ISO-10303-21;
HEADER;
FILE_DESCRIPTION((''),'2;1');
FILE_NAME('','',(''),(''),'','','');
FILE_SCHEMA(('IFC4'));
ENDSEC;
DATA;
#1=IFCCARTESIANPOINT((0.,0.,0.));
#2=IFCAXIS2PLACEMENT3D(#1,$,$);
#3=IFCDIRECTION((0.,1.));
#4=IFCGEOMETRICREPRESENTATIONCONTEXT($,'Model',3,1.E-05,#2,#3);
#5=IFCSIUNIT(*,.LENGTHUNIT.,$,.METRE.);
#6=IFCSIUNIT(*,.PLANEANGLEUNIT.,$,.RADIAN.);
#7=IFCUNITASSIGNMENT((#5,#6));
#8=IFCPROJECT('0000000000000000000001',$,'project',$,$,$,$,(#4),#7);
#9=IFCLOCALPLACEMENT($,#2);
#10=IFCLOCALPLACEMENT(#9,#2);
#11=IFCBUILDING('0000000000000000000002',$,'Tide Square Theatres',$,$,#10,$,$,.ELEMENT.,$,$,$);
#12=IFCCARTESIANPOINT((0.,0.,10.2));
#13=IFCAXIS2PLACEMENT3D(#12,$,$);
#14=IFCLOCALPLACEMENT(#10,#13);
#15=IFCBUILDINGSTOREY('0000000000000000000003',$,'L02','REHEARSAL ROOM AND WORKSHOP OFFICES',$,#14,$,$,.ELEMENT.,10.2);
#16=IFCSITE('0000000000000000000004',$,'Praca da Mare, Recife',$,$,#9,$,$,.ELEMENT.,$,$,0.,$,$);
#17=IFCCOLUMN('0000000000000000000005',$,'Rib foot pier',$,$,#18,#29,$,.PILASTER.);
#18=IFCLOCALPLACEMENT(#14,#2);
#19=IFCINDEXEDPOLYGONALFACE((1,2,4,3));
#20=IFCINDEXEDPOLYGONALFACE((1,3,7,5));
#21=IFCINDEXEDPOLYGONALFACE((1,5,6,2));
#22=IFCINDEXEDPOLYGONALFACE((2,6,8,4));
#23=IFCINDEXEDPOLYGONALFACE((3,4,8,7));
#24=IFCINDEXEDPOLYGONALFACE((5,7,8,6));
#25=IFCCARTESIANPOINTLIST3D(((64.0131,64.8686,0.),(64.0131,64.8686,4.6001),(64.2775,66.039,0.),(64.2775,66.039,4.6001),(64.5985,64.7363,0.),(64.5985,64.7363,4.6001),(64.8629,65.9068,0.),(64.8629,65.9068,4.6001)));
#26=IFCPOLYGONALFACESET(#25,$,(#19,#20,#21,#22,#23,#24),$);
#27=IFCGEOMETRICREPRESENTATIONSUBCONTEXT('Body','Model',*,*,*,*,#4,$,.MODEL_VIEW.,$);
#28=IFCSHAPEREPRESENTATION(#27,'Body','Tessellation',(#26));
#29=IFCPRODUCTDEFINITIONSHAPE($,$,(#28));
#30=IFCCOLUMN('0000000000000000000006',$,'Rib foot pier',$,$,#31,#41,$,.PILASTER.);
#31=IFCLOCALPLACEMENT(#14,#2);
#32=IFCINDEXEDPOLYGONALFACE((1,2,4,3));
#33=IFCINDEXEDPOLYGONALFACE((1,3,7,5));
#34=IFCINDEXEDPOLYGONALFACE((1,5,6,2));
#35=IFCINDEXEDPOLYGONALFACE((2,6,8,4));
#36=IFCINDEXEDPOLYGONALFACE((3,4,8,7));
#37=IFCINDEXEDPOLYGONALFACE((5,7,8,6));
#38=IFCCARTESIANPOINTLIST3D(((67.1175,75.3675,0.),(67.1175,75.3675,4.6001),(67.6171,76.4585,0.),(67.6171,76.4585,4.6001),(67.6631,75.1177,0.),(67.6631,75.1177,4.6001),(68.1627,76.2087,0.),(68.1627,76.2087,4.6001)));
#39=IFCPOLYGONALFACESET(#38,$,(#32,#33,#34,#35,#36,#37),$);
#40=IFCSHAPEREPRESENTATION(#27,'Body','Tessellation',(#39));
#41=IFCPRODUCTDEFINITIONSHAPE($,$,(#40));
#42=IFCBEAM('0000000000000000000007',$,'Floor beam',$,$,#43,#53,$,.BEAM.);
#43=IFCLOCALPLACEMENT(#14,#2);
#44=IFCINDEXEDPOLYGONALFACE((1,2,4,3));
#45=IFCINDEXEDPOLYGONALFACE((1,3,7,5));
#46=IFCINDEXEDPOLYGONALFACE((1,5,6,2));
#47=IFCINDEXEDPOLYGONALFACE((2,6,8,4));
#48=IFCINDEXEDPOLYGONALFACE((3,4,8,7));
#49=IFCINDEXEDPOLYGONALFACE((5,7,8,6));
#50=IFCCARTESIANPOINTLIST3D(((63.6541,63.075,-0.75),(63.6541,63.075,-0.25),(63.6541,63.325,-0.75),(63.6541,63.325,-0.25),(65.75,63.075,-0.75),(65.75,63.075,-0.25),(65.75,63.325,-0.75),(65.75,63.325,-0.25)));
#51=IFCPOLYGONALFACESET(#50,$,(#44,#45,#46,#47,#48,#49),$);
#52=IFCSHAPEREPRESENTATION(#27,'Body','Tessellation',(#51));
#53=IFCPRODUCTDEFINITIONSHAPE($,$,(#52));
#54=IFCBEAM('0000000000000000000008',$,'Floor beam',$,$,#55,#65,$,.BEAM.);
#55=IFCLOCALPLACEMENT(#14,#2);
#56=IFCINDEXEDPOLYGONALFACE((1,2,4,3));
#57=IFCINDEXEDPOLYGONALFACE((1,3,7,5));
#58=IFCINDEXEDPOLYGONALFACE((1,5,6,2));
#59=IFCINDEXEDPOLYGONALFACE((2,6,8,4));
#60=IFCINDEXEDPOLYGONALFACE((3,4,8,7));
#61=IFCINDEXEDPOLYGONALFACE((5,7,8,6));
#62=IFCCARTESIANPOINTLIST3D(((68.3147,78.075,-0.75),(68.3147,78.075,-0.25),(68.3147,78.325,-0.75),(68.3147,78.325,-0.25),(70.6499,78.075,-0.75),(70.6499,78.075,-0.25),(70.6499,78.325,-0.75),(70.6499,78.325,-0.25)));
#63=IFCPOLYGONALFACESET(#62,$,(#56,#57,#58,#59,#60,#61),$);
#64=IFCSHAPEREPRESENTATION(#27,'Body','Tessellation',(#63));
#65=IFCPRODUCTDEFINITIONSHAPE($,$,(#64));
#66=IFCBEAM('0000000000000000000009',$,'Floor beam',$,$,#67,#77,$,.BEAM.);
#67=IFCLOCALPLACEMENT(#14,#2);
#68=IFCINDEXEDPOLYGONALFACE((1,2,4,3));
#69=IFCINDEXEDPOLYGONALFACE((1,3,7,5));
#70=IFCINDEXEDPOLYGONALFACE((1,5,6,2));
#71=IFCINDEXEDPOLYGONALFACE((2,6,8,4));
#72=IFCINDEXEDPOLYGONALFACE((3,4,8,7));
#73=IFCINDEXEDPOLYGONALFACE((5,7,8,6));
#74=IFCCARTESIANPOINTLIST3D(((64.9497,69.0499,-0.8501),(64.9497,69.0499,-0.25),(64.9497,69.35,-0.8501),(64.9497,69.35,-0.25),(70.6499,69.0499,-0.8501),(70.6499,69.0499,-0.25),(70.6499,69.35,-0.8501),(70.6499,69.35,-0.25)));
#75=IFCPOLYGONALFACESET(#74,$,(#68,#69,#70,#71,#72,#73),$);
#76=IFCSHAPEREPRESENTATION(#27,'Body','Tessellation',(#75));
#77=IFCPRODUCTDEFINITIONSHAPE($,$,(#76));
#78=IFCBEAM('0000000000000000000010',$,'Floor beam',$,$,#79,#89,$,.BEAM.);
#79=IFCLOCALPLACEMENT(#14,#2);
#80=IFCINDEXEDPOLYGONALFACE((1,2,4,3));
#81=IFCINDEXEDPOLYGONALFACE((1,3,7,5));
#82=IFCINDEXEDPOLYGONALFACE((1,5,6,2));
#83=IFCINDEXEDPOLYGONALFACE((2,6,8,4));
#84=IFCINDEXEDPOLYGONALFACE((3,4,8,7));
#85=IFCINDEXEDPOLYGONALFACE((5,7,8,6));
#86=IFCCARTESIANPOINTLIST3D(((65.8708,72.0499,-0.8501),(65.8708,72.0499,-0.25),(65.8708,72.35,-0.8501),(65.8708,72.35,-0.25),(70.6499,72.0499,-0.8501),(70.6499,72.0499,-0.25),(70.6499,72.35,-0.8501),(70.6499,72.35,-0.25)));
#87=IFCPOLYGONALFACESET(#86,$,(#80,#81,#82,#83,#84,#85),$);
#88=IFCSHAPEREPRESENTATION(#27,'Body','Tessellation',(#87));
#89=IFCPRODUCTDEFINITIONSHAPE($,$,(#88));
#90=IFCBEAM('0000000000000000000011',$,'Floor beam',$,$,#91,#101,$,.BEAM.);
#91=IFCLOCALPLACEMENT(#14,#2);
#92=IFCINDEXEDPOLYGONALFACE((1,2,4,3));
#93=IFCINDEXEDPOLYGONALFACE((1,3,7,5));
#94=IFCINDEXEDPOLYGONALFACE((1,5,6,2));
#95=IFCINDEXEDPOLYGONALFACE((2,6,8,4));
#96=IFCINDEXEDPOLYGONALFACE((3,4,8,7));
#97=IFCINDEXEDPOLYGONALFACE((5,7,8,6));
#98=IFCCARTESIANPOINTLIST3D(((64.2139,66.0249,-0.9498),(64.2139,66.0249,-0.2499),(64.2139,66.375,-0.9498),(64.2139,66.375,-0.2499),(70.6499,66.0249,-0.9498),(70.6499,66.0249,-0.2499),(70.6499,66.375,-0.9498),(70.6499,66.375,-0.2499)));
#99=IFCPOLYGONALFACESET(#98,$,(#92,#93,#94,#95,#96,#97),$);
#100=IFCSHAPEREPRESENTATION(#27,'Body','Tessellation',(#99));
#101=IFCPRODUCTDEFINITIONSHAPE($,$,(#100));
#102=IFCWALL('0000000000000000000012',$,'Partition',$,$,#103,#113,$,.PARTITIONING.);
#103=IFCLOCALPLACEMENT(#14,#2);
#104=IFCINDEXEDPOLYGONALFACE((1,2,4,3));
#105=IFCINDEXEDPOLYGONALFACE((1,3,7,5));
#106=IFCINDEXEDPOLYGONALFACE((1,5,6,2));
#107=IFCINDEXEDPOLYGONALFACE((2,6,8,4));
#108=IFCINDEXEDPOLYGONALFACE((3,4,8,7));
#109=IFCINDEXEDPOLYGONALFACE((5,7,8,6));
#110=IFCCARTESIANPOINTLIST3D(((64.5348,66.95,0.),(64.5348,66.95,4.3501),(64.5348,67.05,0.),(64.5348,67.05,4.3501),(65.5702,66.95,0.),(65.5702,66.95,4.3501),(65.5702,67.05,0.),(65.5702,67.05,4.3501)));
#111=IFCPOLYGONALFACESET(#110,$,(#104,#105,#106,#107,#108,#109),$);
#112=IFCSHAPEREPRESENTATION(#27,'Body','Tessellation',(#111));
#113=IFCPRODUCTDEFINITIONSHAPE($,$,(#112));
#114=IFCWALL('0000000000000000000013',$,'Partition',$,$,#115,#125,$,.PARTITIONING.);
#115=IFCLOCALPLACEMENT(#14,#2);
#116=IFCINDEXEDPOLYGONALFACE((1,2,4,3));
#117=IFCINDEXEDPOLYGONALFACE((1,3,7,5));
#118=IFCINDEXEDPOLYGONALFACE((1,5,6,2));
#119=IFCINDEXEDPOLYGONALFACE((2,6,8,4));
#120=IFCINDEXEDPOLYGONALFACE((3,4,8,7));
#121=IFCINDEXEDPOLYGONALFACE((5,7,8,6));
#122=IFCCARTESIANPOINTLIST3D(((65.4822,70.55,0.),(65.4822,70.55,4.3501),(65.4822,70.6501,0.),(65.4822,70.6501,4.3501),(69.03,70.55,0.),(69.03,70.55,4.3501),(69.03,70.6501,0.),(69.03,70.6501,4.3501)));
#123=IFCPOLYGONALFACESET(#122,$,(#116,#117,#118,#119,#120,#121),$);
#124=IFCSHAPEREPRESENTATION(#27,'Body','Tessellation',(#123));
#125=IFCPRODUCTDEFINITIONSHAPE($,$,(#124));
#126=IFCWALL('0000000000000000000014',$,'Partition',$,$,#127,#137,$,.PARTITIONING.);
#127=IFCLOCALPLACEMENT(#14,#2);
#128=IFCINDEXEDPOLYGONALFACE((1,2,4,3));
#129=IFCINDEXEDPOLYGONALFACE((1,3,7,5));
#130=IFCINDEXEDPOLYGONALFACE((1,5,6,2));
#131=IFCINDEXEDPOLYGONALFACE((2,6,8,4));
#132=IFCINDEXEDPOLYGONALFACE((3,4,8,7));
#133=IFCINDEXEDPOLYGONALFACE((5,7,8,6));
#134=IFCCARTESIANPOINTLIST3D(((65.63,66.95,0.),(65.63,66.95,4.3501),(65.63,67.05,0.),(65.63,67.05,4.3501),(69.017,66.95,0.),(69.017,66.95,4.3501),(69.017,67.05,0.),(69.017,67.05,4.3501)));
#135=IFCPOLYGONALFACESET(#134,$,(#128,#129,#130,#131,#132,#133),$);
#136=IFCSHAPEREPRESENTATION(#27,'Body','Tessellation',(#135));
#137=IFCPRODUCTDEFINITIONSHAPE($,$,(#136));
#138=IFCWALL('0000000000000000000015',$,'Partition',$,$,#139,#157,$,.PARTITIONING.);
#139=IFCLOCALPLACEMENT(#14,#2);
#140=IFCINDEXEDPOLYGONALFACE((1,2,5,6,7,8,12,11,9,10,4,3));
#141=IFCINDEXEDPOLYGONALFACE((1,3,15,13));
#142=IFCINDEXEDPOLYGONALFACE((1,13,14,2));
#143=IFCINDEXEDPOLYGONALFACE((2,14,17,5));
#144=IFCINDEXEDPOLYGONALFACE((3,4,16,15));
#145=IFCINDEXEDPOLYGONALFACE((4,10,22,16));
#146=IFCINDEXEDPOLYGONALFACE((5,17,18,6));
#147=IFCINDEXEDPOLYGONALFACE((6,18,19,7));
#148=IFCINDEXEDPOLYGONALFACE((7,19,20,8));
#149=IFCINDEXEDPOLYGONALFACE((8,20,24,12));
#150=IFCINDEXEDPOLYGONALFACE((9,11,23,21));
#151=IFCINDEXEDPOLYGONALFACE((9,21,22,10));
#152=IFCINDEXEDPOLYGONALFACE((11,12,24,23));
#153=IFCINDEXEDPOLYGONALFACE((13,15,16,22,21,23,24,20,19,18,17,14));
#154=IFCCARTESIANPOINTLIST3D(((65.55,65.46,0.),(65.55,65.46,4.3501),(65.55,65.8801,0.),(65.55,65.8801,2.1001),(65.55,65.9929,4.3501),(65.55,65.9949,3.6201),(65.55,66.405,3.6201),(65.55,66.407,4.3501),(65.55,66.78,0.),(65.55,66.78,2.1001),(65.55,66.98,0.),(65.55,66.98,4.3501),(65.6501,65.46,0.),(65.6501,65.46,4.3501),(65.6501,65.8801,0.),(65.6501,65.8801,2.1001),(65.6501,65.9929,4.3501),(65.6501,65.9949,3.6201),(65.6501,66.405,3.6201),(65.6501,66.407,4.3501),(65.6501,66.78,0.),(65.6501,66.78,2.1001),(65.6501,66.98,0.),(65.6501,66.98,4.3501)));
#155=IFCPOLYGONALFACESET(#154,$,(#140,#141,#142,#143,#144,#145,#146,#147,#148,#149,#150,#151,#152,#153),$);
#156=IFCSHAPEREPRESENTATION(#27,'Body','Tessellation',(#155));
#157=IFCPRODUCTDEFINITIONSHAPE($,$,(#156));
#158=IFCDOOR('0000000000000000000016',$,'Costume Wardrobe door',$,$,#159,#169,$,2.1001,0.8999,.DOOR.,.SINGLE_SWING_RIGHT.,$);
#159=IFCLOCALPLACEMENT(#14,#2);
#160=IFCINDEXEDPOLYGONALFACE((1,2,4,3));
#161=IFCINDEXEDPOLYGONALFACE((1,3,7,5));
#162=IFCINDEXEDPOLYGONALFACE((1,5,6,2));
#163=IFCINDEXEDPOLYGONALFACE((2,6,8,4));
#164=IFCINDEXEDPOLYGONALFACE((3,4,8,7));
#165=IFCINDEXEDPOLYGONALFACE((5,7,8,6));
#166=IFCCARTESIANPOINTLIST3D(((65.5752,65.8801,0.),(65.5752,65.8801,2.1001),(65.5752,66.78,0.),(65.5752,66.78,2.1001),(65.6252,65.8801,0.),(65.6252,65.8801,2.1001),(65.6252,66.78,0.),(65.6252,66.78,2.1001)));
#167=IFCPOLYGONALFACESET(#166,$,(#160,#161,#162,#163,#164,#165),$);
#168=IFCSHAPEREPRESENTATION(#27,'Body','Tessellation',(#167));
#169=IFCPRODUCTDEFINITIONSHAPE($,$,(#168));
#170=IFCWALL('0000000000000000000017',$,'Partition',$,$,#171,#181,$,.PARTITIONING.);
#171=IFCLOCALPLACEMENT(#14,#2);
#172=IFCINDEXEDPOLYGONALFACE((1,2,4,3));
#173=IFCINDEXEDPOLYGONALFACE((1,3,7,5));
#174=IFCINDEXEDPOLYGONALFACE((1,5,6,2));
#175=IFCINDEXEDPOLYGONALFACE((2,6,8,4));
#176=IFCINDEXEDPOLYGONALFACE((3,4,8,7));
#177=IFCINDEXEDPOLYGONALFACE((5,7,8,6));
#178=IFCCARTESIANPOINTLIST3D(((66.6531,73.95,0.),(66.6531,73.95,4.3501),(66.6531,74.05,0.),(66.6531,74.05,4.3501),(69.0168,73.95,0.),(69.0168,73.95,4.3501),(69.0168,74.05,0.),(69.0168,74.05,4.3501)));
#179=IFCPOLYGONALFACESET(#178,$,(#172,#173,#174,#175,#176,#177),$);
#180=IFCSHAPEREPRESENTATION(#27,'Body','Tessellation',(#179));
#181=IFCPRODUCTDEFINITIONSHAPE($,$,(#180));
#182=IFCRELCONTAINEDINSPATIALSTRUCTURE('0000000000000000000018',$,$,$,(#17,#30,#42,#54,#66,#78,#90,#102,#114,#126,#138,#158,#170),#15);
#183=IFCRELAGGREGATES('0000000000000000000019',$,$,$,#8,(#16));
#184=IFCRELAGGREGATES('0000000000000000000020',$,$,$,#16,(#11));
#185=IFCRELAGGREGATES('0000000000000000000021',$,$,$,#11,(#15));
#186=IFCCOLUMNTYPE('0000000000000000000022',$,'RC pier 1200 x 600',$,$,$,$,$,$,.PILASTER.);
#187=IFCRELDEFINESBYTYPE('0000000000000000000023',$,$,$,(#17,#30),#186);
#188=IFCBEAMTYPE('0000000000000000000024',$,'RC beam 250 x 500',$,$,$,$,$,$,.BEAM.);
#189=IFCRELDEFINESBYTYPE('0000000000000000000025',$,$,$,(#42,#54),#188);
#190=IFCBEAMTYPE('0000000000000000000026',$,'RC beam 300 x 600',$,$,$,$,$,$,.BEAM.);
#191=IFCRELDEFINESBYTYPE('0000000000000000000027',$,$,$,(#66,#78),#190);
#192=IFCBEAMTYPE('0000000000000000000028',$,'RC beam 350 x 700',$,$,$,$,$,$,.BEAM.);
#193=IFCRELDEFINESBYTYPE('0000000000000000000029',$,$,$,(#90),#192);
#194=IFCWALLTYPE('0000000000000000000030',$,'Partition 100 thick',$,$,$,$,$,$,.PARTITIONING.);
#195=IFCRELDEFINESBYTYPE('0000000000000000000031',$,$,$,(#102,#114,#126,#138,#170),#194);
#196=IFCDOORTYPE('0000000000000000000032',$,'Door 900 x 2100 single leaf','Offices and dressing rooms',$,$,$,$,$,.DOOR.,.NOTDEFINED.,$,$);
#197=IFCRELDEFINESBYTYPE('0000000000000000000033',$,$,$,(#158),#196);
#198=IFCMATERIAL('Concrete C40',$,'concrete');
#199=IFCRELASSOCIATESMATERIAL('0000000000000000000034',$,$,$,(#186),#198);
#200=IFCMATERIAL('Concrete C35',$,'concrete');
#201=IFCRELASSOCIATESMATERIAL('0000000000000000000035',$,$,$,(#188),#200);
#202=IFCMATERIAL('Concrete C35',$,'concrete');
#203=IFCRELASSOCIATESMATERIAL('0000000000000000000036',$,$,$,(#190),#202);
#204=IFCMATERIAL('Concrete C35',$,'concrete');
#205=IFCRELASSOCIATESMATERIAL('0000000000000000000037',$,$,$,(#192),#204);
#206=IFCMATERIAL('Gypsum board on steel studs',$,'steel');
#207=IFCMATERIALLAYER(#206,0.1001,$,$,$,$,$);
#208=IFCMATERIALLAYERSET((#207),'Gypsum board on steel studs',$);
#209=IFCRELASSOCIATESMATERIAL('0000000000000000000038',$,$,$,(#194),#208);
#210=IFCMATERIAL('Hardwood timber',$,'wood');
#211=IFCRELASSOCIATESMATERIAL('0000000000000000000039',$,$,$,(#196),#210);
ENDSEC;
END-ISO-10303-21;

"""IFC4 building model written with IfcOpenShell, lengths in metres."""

from ifc_helpers import new_model, si_unit, direction, frame, frame_2d, origin, origin_2d, place, context, subcontext, project, spatial, polyline, rectangle, outline, extrude, material, layer, layer_set, material_profile, profile_set, type_object, element, fill, save


model = new_model("IFC4")

# Units and contexts
model_context = context("Model", 3, precision=1e-05, world=origin(), true_north=direction((0.0, 1.0)))
body_context = subcontext(model_context, "Body", "Model", "MODEL_VIEW")
ifc_project = project(units=[si_unit("LENGTHUNIT", "METRE"), si_unit("PLANEANGLEUNIT", "RADIAN")], contexts=[model_context])

# Site, building, storey
site_placement = place(None, origin())
site = spatial("IfcSite", under=ifc_project, at=site_placement, Name="Praca da Mare, Recife", CompositionType="ELEMENT", RefElevation=0.0)
building_placement = place(site_placement, origin())
building = spatial("IfcBuilding", under=site, at=building_placement, Name="Tide Square Theatres", CompositionType="ELEMENT")
storey_placement = place(building_placement, frame((0.0, 0.0, 10.2)))
storey = spatial("IfcBuildingStorey", under=building, at=storey_placement, Name="L02", Description="REHEARSAL ROOM AND WORKSHOP OFFICES", CompositionType="ELEMENT", Elevation=10.2)

# Columns
ifc_material_1 = material(Name="Concrete C40", Category="concrete")
ifc_material_profile_1 = material_profile(ifc_material_1, rectangle(XDim=1.2, YDim=0.6001, at=origin_2d()))
ifc_profile_set_1 = profile_set([ifc_material_profile_1], Name="Concrete C40")
column_type = type_object("IfcColumnType", Name="RC pier 1200 x 600", PredefinedType="PILASTER", material=ifc_profile_set_1)
for number, where, z_axis, x_axis, name in (
    (1, (64.438, 65.3877, 0.0), (0.0, 0.0, 1.0), (-0.220357, -0.975419, 0.0), "Rib foot pier"),
    (2, (67.6401, 75.7881, 0.0), (0.0, 0.0, 1.0), (-0.416344, -0.909207, 0.0), "Rib foot pier"),
):
    element("IfcColumn", number, at=place(storey_placement, frame(where, z_axis=z_axis, x_axis=x_axis)), inside=storey, type_object=column_type, Name=name, PredefinedType="PILASTER", context=body_context, shape_type="SweptSolid", body=[
        extrude(rectangle(XDim=1.2, YDim=0.6001, at=origin_2d()), origin(), (0.0, 0.0, 1.0), 4.6001),
    ])

# Beams
ifc_material_2 = material(Name="Concrete C35", Category="concrete")
ifc_material_profile_2 = material_profile(ifc_material_2, rectangle(XDim=0.25, YDim=0.5, at=origin_2d()))
ifc_profile_set_2 = profile_set([ifc_material_profile_2], Name="Concrete C35")
beam_type_1 = type_object("IfcBeamType", Name="RC beam 250 x 500", PredefinedType="BEAM", material=ifc_profile_set_2)
beam_1_placement = place(storey_placement, frame((63.6541, 63.2, -0.5), z_axis=(1.0, 0.0, 0.0), x_axis=(0.0, 1.0, 0.0)))
element("IfcBeam", 3, at=beam_1_placement, inside=storey, type_object=beam_type_1, Name="Floor beam", PredefinedType="BEAM", context=body_context, shape_type="SweptSolid", body=[
    extrude(rectangle(XDim=0.25, YDim=0.5, at=origin_2d()), origin(), (0.0, 0.0, 1.0), 2.0959),
])
beam_2_placement = place(storey_placement, frame((68.3147, 78.2, -0.5), z_axis=(1.0, 0.0, 0.0), x_axis=(0.0, 1.0, 0.0)))
element("IfcBeam", 4, at=beam_2_placement, inside=storey, type_object=beam_type_1, Name="Floor beam", PredefinedType="BEAM", context=body_context, shape_type="SweptSolid", body=[
    extrude(rectangle(XDim=0.25, YDim=0.5, at=origin_2d()), origin(), (0.0, 0.0, 1.0), 2.3352),
])
ifc_material_3 = material(Name="Concrete C35", Category="concrete")
ifc_material_profile_3 = material_profile(ifc_material_3, rectangle(XDim=0.3, YDim=0.6001, at=origin_2d()))
ifc_profile_set_3 = profile_set([ifc_material_profile_3], Name="Concrete C35")
beam_type_2 = type_object("IfcBeamType", Name="RC beam 300 x 600", PredefinedType="BEAM", material=ifc_profile_set_3)
beam_3_placement = place(storey_placement, frame((64.9497, 69.2, -0.55), z_axis=(1.0, 0.0, 0.0), x_axis=(0.0, 1.0, 0.0)))
element("IfcBeam", 5, at=beam_3_placement, inside=storey, type_object=beam_type_2, Name="Floor beam", PredefinedType="BEAM", context=body_context, shape_type="SweptSolid", body=[
    extrude(rectangle(XDim=0.3, YDim=0.6001, at=origin_2d()), origin(), (0.0, 0.0, 1.0), 5.7002),
])
beam_4_placement = place(storey_placement, frame((65.8708, 72.2, -0.55), z_axis=(1.0, 0.0, 0.0), x_axis=(0.0, 1.0, 0.0)))
element("IfcBeam", 6, at=beam_4_placement, inside=storey, type_object=beam_type_2, Name="Floor beam", PredefinedType="BEAM", context=body_context, shape_type="SweptSolid", body=[
    extrude(rectangle(XDim=0.3, YDim=0.6001, at=origin_2d()), origin(), (0.0, 0.0, 1.0), 4.7791),
])
ifc_material_4 = material(Name="Concrete C35", Category="concrete")
ifc_material_profile_4 = material_profile(ifc_material_4, rectangle(XDim=0.3501, YDim=0.7, at=origin_2d()))
ifc_profile_set_4 = profile_set([ifc_material_profile_4], Name="Concrete C35")
beam_type_3 = type_object("IfcBeamType", Name="RC beam 350 x 700", PredefinedType="BEAM", material=ifc_profile_set_4)
beam_5_placement = place(storey_placement, frame((64.2139, 66.2, -0.5999), z_axis=(1.0, 0.0, 0.0), x_axis=(0.0, 1.0, 0.0)))
element("IfcBeam", 7, at=beam_5_placement, inside=storey, type_object=beam_type_3, Name="Floor beam", PredefinedType="BEAM", context=body_context, shape_type="SweptSolid", body=[
    extrude(rectangle(XDim=0.3501, YDim=0.7, at=origin_2d()), origin(), (0.0, 0.0, 1.0), 6.436),
])

# Walls
ifc_material_5 = material(Name="Gypsum board on steel studs", Category="steel")
ifc_layer_1 = layer(ifc_material_5, 0.1001)
ifc_layer_set_1 = layer_set([ifc_layer_1], Name="Gypsum board on steel studs")
wall_type_1 = type_object("IfcWallType", Name="Partition 100 thick", PredefinedType="PARTITIONING", material=ifc_layer_set_1)
wall_1_placement = place(storey_placement, frame((65.5701, 67.0, 0.0), z_axis=(0.0, 0.0, 1.0), x_axis=(-1.0, 0.0, 0.0)))
element("IfcWall", 8, at=wall_1_placement, inside=storey, type_object=wall_type_1, Name="Partition", PredefinedType="PARTITIONING", context=body_context, shape_type="SweptSolid", body=[
    extrude(rectangle(XDim=1.0354, YDim=0.1001, at=frame_2d((0.5176, 0.0))), origin(), (0.0, 0.0, 1.0), 4.3501),
])
wall_2_placement = place(storey_placement, frame((65.4822, 70.6001, 0.0), z_axis=(0.0, 0.0, 1.0), x_axis=(1.0, 0.0, 0.0)))
element("IfcWall", 9, at=wall_2_placement, inside=storey, type_object=wall_type_1, Name="Partition", PredefinedType="PARTITIONING", context=body_context, shape_type="SweptSolid", body=[
    extrude(rectangle(XDim=3.5479, YDim=0.1001, at=frame_2d((1.7739, 0.0))), origin(), (0.0, 0.0, 1.0), 4.3501),
])
wall_3_placement = place(storey_placement, frame((69.0168, 67.0, 0.0), z_axis=(0.0, 0.0, 1.0), x_axis=(-1.0, 0.0, 0.0)))
element("IfcWall", 10, at=wall_3_placement, inside=storey, type_object=wall_type_1, Name="Partition", PredefinedType="PARTITIONING", context=body_context, shape_type="SweptSolid", body=[
    extrude(rectangle(XDim=3.387, YDim=0.1001, at=frame_2d((1.6934, 0.0))), origin(), (0.0, 0.0, 1.0), 4.3501),
])

# Wall, opening, door
wall_4_placement = place(storey_placement, frame((65.6001, 66.98, 0.0), z_axis=(0.0, 0.0, 1.0), x_axis=(0.0, -1.0, 0.0)))
wall_4 = element("IfcWall", 11, at=wall_4_placement, inside=storey, type_object=wall_type_1, Name="Partition", PredefinedType="PARTITIONING", context=body_context, shape_type="SweptSolid", body=[
    extrude(outline(polyline([(0.0, 0.0), (1.52, 0.0), (1.52, 4.3501), (0.9871, 4.3501), (0.9851, 3.6201), (0.575, 3.6201), (0.573, 4.3501), (0.0, 4.3501), (0.0, 0.0)])), frame((0.0, 0.05, 0.0), z_axis=(0.0, -1.0, 0.0), x_axis=(1.0, 0.0, 0.0)), (0.0, 0.0, 1.0), 0.1001),
])
opening_1_placement = place(wall_4_placement, frame((0.2, 0.0, 0.0)))
opening_1 = element("IfcOpeningElement", 12, at=opening_1_placement, cuts=wall_4, PredefinedType="OPENING", context=body_context, shape_type="SweptSolid", body=[
    extrude(rectangle(XDim=0.8999, YDim=2.1001, at=frame_2d((0.45, 1.05))), frame((0.0, 0.0601, 0.0), z_axis=(0.0, -1.0, 0.0), x_axis=(1.0, 0.0, 0.0)), (0.0, 0.0, 1.0), 0.1201),
])
ifc_material_6 = material(Name="Hardwood timber", Category="wood")
door_type = type_object("IfcDoorType", Name="Door 900 x 2100 single leaf", Description="Offices and dressing rooms", OperationType="NOTDEFINED", PredefinedType="DOOR", material=ifc_material_6)
door_1_placement = place(opening_1_placement, frame((0.8999, 0.0, 0.0), z_axis=(0.0, 0.0, 1.0), x_axis=(-1.0, 0.0, 0.0)))
door_1 = element("IfcDoor", 13, at=door_1_placement, inside=storey, type_object=door_type, Name="Costume Wardrobe door", OperationType="SINGLE_SWING_RIGHT", OverallHeight=2.1001, OverallWidth=0.8999, PredefinedType="DOOR", context=body_context, shape_type="SweptSolid", body=[
    extrude(rectangle(XDim=0.8999, YDim=2.1001, at=frame_2d((0.45, 1.05))), frame((0.0, 0.0249, 0.0), z_axis=(0.0, -1.0, 0.0), x_axis=(1.0, 0.0, 0.0)), (0.0, 0.0, 1.0), 0.05),
])
fill(opening_1, door_1)

# Wall
wall_5_placement = place(storey_placement, frame((66.6531, 74.0, 0.0), z_axis=(0.0, 0.0, 1.0), x_axis=(1.0, 0.0, 0.0)))
element("IfcWall", 14, at=wall_5_placement, inside=storey, type_object=wall_type_1, Name="Partition", PredefinedType="PARTITIONING", context=body_context, shape_type="SweptSolid", body=[
    extrude(rectangle(XDim=2.3638, YDim=0.1001, at=frame_2d((1.1819, 0.0))), origin(), (0.0, 0.0, 1.0), 4.3501),
])

save(model, "model.ifc")
